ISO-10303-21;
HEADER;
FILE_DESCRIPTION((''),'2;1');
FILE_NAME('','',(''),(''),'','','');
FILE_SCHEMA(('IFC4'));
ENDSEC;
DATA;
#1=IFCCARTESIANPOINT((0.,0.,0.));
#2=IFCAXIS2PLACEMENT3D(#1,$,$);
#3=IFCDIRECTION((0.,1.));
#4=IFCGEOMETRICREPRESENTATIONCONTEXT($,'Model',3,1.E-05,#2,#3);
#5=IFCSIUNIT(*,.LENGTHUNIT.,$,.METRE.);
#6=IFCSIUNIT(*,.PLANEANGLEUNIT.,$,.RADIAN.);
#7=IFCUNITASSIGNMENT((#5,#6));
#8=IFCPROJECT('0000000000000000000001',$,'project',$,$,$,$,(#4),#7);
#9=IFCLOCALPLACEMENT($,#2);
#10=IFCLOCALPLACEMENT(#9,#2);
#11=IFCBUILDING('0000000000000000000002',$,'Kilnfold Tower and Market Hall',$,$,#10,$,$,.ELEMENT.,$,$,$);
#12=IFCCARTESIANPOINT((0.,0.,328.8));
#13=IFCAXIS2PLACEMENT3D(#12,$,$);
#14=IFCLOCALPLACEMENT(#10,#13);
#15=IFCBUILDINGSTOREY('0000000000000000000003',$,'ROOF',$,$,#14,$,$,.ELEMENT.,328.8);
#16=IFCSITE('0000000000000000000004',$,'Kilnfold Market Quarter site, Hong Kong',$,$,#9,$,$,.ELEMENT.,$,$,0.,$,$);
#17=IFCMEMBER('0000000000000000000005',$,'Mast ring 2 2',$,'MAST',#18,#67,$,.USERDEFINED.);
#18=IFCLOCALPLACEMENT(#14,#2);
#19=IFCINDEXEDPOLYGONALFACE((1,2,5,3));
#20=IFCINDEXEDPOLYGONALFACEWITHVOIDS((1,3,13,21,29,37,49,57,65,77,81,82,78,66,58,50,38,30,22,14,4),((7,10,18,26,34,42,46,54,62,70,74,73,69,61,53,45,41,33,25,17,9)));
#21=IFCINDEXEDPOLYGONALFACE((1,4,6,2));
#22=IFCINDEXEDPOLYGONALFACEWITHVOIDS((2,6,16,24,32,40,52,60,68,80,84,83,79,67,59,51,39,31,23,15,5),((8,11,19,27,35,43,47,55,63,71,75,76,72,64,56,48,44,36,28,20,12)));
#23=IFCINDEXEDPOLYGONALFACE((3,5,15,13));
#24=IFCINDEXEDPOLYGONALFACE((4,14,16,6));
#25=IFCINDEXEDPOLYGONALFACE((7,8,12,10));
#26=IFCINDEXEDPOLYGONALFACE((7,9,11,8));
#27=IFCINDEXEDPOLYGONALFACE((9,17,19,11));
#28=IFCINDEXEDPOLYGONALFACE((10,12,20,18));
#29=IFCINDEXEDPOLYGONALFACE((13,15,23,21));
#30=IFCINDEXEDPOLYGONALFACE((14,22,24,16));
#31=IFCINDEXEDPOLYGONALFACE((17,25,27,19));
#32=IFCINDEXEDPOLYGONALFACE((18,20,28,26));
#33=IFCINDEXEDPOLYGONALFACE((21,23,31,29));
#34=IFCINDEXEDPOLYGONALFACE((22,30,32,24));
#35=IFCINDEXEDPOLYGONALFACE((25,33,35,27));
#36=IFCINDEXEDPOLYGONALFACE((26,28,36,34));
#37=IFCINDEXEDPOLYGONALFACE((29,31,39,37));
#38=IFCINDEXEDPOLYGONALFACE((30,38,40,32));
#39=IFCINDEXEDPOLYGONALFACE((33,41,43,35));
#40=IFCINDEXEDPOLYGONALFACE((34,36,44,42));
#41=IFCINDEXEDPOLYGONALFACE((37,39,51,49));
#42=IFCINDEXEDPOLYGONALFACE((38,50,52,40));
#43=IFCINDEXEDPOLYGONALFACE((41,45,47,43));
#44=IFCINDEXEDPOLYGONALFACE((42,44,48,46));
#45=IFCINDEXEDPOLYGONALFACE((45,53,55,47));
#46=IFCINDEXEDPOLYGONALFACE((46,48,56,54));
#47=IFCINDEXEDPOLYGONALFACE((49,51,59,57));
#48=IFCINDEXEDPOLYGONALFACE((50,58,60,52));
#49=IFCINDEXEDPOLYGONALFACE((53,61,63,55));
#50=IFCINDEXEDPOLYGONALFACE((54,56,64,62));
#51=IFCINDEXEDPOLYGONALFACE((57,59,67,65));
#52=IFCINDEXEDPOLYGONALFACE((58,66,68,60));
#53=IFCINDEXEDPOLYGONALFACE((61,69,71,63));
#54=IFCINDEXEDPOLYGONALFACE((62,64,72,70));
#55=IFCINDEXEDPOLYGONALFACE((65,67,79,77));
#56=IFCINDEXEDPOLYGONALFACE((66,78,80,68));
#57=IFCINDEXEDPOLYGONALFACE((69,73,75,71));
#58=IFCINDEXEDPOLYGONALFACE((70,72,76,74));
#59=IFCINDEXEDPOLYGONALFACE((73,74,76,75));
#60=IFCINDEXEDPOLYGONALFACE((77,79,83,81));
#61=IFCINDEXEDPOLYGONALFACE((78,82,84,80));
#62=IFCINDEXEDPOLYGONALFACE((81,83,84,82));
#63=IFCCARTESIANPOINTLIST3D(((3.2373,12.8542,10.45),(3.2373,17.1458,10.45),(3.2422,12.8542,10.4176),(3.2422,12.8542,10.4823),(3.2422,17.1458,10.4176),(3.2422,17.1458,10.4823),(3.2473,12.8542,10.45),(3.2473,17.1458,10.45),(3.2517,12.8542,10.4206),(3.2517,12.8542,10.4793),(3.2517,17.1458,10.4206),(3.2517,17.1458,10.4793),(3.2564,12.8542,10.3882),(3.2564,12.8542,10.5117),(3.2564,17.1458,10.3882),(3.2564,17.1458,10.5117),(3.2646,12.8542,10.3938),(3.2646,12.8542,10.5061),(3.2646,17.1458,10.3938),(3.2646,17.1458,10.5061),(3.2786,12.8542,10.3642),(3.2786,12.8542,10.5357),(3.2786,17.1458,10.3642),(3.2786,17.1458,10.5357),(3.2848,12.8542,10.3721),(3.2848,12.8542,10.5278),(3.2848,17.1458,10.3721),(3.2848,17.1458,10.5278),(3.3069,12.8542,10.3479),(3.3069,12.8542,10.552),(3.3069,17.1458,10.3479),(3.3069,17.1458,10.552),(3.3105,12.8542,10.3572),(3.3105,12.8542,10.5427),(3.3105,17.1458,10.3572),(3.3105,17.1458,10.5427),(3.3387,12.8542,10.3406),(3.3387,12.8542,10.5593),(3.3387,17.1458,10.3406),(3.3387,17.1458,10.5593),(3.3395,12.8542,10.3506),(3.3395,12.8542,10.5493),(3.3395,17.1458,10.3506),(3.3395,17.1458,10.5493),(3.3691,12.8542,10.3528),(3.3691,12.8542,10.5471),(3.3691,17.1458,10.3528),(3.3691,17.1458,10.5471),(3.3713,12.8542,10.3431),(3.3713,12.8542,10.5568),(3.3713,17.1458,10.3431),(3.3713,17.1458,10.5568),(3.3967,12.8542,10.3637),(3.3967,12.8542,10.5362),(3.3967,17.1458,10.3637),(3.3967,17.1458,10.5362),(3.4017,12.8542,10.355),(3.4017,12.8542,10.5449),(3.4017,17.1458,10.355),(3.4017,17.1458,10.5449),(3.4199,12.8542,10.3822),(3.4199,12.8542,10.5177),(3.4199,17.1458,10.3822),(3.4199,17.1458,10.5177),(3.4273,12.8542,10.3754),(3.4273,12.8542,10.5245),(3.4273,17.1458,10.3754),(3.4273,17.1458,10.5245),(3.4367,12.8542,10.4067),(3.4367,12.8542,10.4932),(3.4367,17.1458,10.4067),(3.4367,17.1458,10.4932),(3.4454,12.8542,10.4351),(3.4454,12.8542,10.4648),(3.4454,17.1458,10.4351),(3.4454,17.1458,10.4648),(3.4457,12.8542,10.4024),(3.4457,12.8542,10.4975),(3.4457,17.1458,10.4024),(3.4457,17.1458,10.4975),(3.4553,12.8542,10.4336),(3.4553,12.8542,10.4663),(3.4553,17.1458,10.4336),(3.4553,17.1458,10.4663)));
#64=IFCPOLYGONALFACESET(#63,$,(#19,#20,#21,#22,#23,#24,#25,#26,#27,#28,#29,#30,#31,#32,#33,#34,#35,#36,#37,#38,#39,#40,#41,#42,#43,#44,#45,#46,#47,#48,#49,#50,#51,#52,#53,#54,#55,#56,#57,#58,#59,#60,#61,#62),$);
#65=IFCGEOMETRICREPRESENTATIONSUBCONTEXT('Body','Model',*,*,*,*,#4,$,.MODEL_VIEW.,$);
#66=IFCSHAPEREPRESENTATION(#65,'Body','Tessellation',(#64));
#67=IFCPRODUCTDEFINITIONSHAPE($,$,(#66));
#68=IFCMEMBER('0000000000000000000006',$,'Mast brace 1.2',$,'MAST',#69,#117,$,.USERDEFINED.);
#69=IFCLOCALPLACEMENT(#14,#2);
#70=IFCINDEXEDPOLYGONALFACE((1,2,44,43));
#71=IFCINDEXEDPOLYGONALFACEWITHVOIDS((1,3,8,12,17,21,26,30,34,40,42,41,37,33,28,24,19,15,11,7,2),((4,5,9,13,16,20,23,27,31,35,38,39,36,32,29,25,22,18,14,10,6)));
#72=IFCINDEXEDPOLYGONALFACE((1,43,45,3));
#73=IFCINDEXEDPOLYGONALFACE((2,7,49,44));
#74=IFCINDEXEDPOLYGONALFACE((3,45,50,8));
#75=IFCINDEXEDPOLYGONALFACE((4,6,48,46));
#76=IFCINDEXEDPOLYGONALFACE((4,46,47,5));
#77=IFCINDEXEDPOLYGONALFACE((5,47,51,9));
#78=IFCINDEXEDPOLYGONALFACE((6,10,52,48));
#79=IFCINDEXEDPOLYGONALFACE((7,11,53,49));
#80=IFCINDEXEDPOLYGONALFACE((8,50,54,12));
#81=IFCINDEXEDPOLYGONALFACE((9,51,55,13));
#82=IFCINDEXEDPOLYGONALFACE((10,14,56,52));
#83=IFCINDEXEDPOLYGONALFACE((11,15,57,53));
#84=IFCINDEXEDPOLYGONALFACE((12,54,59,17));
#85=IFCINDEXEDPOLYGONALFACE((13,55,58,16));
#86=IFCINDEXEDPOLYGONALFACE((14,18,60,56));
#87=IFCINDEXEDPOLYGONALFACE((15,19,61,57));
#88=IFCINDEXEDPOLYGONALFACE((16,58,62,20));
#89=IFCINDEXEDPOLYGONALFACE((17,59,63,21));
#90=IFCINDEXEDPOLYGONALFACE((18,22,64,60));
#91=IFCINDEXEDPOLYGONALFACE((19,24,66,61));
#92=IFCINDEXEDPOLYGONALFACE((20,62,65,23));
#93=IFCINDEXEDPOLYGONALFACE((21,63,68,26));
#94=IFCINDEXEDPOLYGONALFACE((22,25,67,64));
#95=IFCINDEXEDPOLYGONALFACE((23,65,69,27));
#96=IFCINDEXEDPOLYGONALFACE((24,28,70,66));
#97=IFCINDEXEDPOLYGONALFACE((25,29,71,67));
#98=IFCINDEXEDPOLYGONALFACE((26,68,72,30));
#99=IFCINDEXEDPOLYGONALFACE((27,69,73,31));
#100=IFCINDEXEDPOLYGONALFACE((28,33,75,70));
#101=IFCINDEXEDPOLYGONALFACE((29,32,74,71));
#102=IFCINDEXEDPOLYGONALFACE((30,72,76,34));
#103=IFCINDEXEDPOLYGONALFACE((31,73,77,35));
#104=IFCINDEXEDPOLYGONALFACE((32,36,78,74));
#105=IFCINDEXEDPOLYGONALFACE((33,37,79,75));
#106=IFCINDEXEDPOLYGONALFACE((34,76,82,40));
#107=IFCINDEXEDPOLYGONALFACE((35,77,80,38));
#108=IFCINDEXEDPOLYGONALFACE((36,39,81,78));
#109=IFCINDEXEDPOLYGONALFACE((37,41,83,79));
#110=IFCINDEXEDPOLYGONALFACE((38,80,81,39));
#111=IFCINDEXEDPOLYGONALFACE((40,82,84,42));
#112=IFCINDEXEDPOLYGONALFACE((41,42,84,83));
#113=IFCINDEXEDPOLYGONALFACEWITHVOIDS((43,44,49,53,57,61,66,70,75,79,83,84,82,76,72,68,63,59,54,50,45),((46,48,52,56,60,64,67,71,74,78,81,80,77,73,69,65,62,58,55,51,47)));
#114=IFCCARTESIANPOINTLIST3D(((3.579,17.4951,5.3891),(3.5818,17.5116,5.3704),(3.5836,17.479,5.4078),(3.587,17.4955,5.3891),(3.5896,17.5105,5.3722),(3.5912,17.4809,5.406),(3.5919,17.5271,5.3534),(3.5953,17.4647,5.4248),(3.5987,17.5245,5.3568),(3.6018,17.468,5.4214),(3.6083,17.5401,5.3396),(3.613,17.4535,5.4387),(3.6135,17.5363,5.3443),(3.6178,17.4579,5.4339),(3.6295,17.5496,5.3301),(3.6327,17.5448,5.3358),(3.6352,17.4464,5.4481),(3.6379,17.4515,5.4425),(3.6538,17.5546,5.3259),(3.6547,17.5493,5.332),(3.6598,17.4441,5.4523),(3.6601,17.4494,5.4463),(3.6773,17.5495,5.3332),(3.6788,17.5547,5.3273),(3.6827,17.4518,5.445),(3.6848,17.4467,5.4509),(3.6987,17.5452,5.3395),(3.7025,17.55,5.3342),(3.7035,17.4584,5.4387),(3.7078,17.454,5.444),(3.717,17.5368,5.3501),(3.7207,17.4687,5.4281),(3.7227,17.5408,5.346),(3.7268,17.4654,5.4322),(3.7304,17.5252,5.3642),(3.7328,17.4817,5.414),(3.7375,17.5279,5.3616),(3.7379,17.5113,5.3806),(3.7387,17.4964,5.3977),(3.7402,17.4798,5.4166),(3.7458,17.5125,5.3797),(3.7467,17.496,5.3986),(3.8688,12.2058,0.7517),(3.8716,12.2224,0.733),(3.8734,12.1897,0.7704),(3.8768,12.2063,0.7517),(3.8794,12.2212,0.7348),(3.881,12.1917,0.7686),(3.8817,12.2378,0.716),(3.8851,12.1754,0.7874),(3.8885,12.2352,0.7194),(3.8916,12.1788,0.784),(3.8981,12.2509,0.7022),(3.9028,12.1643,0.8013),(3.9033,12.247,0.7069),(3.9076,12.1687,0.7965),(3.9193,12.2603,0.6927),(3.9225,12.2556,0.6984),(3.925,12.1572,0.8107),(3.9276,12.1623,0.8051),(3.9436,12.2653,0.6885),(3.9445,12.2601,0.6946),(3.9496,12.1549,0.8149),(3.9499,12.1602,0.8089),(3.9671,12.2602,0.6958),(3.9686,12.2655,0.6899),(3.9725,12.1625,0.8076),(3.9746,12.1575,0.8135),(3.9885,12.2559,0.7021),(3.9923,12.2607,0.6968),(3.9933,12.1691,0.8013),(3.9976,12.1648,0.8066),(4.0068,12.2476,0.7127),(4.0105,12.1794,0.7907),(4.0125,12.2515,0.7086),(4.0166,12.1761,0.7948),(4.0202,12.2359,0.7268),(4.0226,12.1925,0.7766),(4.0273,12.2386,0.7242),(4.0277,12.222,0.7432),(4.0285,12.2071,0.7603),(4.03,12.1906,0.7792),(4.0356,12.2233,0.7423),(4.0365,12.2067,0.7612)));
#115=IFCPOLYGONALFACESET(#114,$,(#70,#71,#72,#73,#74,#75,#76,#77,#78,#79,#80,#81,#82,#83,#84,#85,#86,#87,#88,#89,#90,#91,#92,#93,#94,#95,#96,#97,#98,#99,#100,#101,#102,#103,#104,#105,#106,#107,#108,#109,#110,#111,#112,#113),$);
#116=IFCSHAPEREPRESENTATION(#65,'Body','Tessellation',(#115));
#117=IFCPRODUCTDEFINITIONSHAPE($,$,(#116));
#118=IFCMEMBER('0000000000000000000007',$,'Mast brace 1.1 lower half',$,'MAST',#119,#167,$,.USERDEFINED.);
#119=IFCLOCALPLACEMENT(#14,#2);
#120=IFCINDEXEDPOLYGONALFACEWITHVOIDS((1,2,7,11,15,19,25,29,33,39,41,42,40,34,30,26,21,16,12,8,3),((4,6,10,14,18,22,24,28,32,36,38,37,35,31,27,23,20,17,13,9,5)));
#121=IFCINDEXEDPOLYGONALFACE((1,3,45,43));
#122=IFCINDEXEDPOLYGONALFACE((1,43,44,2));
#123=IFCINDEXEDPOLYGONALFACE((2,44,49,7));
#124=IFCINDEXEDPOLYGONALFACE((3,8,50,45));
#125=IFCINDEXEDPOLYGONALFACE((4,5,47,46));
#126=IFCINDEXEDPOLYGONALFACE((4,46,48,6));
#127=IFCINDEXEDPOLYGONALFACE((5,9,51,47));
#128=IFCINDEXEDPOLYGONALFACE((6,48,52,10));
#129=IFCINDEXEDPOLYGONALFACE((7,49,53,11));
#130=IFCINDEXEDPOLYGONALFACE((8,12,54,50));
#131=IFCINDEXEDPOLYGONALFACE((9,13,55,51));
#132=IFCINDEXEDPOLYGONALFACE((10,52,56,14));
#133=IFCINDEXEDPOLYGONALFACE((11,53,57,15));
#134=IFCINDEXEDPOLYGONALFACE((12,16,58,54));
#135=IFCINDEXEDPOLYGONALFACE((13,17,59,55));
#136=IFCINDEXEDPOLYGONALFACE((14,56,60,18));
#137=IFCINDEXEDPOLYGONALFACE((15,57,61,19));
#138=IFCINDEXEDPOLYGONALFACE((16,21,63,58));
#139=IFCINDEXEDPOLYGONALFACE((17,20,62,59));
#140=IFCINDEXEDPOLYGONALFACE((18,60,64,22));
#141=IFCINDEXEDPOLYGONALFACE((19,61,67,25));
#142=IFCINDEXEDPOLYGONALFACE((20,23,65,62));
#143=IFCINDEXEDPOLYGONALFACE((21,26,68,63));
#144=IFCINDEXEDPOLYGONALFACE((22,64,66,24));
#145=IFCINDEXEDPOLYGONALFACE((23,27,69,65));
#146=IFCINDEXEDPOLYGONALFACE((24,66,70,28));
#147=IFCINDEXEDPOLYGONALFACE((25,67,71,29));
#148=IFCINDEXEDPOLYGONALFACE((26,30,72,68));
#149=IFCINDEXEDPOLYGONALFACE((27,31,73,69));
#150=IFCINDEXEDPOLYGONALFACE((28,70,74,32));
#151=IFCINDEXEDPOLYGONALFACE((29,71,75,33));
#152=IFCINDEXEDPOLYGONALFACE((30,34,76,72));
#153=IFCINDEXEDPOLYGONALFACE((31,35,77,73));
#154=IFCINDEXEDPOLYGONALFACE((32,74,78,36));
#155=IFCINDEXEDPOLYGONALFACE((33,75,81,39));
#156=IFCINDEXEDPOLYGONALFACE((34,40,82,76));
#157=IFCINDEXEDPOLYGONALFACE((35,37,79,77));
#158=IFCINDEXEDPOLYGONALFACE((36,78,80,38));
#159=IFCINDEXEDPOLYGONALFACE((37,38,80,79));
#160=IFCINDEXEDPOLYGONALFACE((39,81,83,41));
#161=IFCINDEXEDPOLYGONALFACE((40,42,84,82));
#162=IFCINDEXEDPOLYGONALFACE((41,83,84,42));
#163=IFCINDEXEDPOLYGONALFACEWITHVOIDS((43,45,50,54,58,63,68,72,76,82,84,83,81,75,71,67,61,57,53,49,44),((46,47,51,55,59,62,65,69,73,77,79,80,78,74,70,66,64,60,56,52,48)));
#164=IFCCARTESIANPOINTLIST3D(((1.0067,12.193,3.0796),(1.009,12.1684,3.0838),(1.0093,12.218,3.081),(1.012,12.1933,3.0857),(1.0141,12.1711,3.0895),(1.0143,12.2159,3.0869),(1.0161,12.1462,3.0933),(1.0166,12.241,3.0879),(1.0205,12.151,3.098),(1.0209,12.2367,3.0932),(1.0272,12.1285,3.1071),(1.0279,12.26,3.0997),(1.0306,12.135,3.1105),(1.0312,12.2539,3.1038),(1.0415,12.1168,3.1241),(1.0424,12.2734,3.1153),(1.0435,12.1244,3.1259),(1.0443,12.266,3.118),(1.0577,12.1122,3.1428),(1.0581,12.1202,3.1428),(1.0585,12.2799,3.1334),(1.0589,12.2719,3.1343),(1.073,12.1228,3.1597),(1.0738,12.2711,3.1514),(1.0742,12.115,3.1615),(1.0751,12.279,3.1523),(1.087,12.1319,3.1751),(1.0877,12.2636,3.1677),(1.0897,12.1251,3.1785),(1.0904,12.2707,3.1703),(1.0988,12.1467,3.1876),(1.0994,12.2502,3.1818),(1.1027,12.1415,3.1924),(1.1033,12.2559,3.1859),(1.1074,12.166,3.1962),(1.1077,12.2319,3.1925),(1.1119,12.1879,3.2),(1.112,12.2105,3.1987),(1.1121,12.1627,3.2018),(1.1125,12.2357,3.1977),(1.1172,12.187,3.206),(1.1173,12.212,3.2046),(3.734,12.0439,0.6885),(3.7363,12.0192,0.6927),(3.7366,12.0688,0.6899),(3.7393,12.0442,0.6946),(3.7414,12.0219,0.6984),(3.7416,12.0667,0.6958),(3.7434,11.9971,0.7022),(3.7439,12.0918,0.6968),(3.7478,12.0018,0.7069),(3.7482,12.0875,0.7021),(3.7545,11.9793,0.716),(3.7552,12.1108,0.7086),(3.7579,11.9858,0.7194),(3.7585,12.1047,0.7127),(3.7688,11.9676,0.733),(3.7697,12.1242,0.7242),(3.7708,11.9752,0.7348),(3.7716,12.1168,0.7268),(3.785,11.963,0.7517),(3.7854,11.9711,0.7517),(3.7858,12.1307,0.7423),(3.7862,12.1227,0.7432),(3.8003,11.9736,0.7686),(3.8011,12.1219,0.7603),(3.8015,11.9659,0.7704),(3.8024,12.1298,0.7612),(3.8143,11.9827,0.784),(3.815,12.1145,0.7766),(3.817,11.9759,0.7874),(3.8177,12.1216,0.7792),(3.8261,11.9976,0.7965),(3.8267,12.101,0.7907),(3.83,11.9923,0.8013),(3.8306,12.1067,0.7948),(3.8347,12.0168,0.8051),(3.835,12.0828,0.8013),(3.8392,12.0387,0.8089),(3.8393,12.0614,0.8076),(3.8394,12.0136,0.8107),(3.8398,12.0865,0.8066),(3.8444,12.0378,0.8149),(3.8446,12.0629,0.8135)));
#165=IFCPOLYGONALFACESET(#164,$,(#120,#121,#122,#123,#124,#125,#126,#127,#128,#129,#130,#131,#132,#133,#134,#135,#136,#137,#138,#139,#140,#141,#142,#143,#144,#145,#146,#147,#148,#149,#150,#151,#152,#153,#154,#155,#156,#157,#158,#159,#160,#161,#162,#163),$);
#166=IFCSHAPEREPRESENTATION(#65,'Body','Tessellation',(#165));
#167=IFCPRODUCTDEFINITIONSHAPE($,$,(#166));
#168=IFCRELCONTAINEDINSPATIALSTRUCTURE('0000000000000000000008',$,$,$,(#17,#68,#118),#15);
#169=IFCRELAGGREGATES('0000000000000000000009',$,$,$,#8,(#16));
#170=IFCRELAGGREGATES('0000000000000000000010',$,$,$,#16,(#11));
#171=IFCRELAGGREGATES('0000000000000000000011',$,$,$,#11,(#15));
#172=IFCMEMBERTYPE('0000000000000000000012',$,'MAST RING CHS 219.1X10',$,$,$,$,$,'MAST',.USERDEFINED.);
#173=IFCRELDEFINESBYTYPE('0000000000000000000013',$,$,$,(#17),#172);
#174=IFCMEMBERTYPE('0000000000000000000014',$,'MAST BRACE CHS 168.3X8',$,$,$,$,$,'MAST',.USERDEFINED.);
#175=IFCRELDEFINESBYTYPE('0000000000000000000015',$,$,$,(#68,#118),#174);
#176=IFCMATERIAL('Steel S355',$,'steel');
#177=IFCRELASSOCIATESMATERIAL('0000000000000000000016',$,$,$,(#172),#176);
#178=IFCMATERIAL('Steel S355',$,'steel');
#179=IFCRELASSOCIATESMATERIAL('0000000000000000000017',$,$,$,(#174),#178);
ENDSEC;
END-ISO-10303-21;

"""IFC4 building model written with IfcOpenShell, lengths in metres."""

from ifc_helpers import new_model, si_unit, direction, frame, origin, origin_2d, place, context, subcontext, project, spatial, hollow_circle, extrude, source, transform, mapped, material, material_profile, profile_set, type_object, element, save


model = new_model("IFC4")

# Units and contexts
model_context = context("Model", 3, precision=1e-05, world=origin(), true_north=direction((0.0, 1.0)))
body_context = subcontext(model_context, "Body", "Model", "MODEL_VIEW")
ifc_project = project(units=[si_unit("LENGTHUNIT", "METRE"), si_unit("PLANEANGLEUNIT", "RADIAN")], contexts=[model_context])

# Site, building, storey
site_placement = place(None, origin())
site = spatial("IfcSite", under=ifc_project, at=site_placement, Name="Kilnfold Market Quarter site, Hong Kong", CompositionType="ELEMENT", RefElevation=0.0)
building_placement = place(site_placement, origin())
building = spatial("IfcBuilding", under=site, at=building_placement, Name="Kilnfold Tower and Market Hall", CompositionType="ELEMENT")
storey_placement = place(building_placement, frame((0.0, 0.0, 328.8)))
storey = spatial("IfcBuildingStorey", under=building, at=storey_placement, Name="ROOF", CompositionType="ELEMENT", Elevation=328.8)

# Members
ifc_material_1 = material(Name="Steel S355", Category="steel")
ifc_material_profile_1 = material_profile(ifc_material_1, hollow_circle(Radius=0.1096, WallThickness=0.01, at=origin_2d()), Name="CHS 219.1x10")
ifc_profile_set_1 = profile_set([ifc_material_profile_1], Name="Steel S355")
member_type_1 = type_object("IfcMemberType", Name="MAST RING CHS 219.1X10", ElementType="MAST", PredefinedType="USERDEFINED", material=ifc_profile_set_1)
shared_shape_1 = source(origin(), body_context, "Body", "SweptSolid", [
    extrude(hollow_circle(Radius=0.1096, WallThickness=0.01, at=origin_2d()), origin(), (0.0, 0.0, 1.0), 4.2915),
])
member_1_placement = place(storey_placement, frame((3.3469, 12.8542, 10.45), z_axis=(0.0, 1.0, 0.0), x_axis=(-1.0, 0.0, 0.0)))
element("IfcMember", 1, at=member_1_placement, inside=storey, type_object=member_type_1, Name="Mast ring 2 2", ObjectType="MAST", PredefinedType="USERDEFINED", context=body_context, shape_type="MappedRepresentation", body=[
    mapped(shared_shape_1, transform((0.0, 0.0, 0.0))),
])
ifc_material_2 = material(Name="Steel S355", Category="steel")
ifc_material_profile_2 = material_profile(ifc_material_2, hollow_circle(Radius=0.0842, WallThickness=0.0081, at=origin_2d()), Name="CHS 168.3x8")
ifc_profile_set_2 = profile_set([ifc_material_profile_2], Name="Steel S355")
member_type_2 = type_object("IfcMemberType", Name="MAST BRACE CHS 168.3X8", ElementType="MAST", PredefinedType="USERDEFINED", material=ifc_profile_set_2)
shared_shape_2 = source(origin(), body_context, "Body", "SweptSolid", [
    extrude(hollow_circle(Radius=0.0842, WallThickness=0.0081, at=origin_2d()), origin(), (0.0, 0.0, 1.0), 7.0403),
])
member_2_placement = place(storey_placement, frame((3.9529, 12.2104, 0.7517), z_axis=(-0.041162, 0.751283, 0.658695), x_axis=(-0.998502, -0.054707, 0.0)))
element("IfcMember", 2, at=member_2_placement, inside=storey, type_object=member_type_2, Name="Mast brace 1.2", ObjectType="MAST", PredefinedType="USERDEFINED", context=body_context, shape_type="MappedRepresentation", body=[
    mapped(shared_shape_2, transform((0.0, 0.0, 0.0))),
])
shared_shape_3 = source(origin(), body_context, "Body", "SweptSolid", [
    extrude(hollow_circle(Radius=0.0842, WallThickness=0.0081, at=origin_2d()), origin(), (0.0, 0.0, 1.0), 3.6301),
])
member_3_placement = place(storey_placement, frame((3.7896, 12.0471, 0.7517), z_axis=(-0.751295, 0.041092, 0.658686), x_axis=(-0.054614, -0.998508, 0.0)))
element("IfcMember", 3, at=member_3_placement, inside=storey, type_object=member_type_2, Name="Mast brace 1.1 lower half", ObjectType="MAST", PredefinedType="USERDEFINED", context=body_context, shape_type="MappedRepresentation", body=[
    mapped(shared_shape_3, transform((0.0, 0.0, 0.0))),
])

save(model, "model.ifc")
